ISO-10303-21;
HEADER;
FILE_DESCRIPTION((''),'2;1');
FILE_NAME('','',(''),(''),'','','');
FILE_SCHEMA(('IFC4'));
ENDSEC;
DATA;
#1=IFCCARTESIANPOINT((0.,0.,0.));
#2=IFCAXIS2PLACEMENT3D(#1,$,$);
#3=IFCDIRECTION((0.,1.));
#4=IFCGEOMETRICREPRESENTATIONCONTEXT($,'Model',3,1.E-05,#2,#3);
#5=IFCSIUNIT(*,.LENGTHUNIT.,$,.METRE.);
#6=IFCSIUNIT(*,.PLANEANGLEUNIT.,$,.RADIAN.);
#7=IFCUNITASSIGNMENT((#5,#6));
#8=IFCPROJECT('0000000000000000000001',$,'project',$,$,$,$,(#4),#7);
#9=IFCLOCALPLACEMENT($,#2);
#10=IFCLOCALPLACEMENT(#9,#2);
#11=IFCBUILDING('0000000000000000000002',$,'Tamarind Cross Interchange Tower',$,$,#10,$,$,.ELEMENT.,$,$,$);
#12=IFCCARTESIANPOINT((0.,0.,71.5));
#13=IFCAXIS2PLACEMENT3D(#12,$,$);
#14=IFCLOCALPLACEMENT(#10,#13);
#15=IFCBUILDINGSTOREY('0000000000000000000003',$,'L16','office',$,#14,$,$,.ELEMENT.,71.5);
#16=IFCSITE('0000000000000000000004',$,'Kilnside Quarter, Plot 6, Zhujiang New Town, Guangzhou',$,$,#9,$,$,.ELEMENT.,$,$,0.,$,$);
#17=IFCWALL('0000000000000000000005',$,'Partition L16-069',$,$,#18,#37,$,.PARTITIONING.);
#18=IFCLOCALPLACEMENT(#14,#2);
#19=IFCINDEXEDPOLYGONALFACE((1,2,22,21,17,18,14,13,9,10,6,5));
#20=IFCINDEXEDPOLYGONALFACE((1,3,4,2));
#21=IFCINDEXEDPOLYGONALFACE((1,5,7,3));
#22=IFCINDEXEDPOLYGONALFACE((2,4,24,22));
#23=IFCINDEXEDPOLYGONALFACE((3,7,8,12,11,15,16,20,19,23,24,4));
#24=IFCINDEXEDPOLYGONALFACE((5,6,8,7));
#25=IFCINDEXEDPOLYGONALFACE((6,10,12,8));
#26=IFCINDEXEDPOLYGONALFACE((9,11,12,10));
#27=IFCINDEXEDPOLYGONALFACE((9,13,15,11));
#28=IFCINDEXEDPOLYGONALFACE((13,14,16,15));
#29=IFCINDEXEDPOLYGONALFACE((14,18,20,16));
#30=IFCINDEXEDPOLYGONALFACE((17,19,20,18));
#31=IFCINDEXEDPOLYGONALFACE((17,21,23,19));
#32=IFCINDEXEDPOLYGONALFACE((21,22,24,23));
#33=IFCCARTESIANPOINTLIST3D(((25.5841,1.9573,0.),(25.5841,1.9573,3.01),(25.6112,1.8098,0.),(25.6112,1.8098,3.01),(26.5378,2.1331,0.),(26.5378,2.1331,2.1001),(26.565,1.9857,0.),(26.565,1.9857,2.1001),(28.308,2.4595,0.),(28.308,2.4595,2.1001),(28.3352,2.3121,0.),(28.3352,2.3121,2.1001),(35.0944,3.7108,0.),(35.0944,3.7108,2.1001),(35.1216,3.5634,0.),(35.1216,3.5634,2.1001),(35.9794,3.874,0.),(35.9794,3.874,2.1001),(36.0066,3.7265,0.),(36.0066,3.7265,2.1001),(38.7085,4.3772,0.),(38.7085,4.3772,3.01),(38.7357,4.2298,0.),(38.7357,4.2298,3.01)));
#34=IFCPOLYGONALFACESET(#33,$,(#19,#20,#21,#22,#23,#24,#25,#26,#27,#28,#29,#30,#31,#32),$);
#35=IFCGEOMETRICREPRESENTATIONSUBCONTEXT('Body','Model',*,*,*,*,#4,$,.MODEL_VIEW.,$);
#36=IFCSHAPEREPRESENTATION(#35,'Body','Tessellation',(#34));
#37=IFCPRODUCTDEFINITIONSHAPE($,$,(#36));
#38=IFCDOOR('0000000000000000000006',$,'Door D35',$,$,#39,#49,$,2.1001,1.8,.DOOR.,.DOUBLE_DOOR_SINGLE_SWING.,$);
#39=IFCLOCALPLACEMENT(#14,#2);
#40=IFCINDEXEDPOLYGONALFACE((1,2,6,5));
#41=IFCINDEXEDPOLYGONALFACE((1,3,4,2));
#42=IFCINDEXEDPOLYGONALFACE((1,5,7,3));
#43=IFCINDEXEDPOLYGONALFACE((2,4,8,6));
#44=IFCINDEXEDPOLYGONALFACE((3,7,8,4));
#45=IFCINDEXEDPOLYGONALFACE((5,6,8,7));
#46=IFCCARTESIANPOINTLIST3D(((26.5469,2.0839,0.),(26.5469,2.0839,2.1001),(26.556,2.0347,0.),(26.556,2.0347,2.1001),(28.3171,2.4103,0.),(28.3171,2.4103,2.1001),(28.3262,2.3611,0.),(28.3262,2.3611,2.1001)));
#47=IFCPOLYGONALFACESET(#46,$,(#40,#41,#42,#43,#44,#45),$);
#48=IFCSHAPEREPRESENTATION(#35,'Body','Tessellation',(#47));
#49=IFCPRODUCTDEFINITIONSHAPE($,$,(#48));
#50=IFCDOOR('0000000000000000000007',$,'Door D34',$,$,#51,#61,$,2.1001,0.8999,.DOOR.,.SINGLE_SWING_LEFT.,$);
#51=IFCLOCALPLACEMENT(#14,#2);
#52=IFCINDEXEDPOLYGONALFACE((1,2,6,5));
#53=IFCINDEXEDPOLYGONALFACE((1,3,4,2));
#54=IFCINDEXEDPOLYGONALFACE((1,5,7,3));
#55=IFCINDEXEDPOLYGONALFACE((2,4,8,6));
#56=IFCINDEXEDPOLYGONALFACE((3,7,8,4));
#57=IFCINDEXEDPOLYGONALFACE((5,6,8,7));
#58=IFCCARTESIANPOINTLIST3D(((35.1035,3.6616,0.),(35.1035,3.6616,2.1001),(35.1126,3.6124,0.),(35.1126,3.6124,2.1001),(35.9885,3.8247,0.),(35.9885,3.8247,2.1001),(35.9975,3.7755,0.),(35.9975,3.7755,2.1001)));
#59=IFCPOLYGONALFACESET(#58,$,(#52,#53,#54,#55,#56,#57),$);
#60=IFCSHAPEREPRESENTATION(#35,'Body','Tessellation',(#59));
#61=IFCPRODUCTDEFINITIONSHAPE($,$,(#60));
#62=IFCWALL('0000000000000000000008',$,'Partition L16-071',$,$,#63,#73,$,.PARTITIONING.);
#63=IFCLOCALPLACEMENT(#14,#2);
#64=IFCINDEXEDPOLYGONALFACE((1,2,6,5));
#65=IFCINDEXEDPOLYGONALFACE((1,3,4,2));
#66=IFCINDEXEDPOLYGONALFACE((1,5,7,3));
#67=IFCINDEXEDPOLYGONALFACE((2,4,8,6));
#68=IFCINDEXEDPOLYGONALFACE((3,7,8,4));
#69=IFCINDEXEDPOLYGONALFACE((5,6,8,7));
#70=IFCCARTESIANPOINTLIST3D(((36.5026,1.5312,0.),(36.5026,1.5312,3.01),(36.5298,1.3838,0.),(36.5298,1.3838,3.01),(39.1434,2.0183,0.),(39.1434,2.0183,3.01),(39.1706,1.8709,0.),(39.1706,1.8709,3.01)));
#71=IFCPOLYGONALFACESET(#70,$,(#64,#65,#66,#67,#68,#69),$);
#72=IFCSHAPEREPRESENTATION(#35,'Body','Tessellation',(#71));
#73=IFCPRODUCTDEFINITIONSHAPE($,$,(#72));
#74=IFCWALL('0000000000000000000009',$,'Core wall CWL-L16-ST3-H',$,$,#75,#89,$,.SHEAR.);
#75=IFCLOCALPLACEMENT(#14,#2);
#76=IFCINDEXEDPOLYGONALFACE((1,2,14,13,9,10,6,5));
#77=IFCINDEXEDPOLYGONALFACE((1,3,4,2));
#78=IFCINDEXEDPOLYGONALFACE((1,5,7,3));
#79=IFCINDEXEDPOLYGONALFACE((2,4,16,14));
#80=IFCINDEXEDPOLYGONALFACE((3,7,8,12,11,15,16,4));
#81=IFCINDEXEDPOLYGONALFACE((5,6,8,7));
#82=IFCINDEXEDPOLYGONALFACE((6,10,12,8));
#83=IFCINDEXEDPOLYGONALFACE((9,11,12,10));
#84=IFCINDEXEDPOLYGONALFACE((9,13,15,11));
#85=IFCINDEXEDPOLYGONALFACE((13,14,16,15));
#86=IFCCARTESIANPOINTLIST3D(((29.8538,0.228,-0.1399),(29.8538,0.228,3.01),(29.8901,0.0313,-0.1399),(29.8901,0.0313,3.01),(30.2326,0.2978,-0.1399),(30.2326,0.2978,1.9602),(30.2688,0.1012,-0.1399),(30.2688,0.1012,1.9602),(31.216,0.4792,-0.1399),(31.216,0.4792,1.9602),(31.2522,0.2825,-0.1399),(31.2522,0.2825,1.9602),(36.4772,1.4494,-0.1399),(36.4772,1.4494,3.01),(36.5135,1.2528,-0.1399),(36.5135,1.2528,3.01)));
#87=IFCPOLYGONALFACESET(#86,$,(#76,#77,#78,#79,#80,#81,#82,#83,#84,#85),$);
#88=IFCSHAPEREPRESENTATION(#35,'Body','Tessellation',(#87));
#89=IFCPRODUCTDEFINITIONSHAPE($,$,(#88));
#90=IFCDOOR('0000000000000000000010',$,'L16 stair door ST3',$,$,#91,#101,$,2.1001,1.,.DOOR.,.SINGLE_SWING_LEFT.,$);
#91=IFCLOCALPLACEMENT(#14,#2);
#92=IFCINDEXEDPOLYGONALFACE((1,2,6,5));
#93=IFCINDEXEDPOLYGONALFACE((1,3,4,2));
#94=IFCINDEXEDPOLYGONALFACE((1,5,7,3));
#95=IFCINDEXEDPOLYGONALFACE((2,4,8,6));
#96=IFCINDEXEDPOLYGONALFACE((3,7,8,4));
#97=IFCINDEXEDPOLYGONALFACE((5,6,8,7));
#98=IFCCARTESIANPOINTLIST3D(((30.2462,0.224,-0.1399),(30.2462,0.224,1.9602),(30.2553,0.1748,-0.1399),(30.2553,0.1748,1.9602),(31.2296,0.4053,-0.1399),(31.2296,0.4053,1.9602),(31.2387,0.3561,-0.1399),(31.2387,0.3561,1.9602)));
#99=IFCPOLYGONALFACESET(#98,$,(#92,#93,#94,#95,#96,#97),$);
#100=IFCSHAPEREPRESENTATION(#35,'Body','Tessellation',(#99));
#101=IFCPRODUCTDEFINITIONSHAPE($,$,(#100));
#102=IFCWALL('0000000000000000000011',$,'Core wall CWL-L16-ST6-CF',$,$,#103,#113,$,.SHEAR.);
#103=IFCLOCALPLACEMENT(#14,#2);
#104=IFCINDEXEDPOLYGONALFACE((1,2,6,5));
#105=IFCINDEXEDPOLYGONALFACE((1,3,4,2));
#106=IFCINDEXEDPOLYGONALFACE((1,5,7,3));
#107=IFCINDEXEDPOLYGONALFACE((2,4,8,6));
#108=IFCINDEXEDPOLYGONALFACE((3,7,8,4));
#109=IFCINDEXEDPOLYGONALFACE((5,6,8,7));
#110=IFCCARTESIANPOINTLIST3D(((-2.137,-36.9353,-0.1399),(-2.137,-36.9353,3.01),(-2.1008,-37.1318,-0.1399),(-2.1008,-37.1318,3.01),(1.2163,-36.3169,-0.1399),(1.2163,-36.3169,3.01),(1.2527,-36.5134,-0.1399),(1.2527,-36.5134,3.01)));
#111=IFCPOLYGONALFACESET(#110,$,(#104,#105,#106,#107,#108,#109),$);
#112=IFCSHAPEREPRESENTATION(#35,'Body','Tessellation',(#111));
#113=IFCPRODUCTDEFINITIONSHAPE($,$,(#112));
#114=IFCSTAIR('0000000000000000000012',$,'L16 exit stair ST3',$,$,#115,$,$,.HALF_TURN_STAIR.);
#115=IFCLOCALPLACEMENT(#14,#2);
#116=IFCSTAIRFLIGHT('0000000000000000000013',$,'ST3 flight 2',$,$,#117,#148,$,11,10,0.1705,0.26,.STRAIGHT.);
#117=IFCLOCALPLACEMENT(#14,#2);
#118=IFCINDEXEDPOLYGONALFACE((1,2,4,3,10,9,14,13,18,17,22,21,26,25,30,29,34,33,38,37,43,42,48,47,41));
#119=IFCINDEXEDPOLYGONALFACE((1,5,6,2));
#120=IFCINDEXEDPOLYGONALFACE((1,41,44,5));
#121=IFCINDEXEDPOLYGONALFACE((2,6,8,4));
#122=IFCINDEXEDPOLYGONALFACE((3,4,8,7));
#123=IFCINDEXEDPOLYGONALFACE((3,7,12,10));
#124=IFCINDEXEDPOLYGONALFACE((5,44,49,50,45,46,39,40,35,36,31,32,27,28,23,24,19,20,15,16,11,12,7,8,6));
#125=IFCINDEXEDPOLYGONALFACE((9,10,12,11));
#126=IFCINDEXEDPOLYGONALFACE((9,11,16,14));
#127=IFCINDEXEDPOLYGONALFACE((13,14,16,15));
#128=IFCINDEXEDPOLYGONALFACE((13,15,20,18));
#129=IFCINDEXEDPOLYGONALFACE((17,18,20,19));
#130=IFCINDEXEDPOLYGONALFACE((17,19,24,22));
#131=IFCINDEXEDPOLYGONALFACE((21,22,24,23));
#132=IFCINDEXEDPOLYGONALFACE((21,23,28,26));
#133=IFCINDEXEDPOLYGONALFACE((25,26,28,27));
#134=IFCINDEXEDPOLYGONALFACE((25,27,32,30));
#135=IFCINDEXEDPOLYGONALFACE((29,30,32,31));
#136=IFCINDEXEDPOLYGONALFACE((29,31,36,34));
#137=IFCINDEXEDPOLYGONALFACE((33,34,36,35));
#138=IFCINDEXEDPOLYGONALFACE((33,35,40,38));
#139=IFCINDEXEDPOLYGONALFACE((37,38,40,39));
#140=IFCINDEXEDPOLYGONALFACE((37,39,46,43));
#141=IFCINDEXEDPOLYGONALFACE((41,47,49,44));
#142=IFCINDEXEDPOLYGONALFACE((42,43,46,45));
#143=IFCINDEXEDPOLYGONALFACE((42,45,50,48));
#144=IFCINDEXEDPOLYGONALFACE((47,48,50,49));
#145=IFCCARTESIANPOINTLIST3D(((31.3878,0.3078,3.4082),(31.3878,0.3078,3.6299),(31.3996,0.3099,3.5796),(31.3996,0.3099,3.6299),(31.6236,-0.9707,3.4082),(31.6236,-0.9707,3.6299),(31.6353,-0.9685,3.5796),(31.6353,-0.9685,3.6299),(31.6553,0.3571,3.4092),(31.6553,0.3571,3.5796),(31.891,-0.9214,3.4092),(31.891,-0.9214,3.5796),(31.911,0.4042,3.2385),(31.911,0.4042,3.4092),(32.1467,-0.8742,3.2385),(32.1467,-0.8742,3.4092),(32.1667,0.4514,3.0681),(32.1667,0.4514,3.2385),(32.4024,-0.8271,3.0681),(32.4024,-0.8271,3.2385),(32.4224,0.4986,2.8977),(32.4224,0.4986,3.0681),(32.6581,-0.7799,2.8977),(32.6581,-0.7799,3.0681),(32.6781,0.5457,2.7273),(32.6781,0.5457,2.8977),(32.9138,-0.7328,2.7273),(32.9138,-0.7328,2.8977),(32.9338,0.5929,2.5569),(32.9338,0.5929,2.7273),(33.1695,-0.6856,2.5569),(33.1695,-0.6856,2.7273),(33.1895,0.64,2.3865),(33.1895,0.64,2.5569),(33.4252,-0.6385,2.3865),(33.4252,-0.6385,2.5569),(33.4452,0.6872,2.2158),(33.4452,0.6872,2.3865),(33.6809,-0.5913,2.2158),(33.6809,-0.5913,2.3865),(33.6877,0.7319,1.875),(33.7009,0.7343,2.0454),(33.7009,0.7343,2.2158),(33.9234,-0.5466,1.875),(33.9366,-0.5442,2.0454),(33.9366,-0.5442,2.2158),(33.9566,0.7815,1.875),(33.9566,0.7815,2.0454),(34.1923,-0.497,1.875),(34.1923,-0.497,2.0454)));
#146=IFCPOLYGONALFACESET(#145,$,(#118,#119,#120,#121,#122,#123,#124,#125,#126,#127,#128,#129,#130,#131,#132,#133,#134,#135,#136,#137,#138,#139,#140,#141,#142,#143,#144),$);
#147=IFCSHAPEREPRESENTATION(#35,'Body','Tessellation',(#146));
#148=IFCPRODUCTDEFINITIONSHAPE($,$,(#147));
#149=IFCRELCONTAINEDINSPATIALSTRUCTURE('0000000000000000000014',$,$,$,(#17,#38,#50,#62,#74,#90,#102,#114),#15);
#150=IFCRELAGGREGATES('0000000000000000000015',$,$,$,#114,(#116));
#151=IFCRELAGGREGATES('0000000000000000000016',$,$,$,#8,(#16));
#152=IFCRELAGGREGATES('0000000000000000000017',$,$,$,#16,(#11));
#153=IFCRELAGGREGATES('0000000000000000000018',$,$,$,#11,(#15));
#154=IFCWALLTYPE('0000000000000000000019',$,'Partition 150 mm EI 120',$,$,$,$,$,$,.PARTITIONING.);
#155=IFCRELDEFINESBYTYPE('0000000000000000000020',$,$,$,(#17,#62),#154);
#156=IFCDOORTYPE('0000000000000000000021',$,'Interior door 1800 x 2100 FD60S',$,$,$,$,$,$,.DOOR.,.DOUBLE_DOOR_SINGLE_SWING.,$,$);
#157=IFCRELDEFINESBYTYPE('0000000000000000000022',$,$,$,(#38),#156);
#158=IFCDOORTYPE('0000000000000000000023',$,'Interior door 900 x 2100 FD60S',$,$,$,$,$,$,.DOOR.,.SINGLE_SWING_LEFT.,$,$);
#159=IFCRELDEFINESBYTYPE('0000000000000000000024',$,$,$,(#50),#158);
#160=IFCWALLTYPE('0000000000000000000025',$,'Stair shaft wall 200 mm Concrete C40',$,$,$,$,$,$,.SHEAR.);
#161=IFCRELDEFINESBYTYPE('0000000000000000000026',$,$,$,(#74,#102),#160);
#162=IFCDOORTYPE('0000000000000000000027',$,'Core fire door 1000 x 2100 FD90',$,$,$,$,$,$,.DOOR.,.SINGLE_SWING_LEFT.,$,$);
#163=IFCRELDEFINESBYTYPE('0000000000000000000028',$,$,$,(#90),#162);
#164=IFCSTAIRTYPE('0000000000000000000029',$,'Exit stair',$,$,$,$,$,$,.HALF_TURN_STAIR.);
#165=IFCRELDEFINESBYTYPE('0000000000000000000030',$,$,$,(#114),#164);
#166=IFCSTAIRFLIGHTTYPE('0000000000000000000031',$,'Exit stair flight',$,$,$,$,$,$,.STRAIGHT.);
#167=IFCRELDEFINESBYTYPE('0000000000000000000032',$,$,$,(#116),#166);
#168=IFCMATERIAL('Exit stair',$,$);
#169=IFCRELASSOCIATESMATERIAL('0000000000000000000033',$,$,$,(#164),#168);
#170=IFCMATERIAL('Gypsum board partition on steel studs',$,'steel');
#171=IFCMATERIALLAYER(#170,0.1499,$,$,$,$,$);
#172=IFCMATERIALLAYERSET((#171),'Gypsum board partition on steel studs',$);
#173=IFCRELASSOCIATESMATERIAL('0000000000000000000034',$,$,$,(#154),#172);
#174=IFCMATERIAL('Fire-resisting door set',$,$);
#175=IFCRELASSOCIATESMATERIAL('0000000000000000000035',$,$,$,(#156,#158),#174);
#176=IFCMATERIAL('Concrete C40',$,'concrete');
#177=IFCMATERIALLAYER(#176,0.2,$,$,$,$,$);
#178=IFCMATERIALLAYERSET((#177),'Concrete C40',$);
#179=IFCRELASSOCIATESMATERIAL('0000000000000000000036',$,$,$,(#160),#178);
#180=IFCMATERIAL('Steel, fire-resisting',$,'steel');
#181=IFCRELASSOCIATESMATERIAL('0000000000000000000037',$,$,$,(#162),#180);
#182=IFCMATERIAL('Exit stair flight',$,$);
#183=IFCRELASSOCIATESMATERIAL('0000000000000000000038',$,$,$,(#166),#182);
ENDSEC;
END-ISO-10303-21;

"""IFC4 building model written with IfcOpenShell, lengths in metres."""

from ifc_helpers import new_model, si_unit, direction, frame, frame_2d, origin, place, context, subcontext, project, spatial, polyline, rectangle, outline, extrude, material, layer, layer_set, type_object, element, fill, aggregate, save


model = new_model("IFC4")

# Units and contexts
model_context = context("Model", 3, precision=1e-05, world=origin(), true_north=direction((0.0, 1.0)))
body_context = subcontext(model_context, "Body", "Model", "MODEL_VIEW")
ifc_project = project(units=[si_unit("LENGTHUNIT", "METRE"), si_unit("PLANEANGLEUNIT", "RADIAN")], contexts=[model_context])

# Site, building, storey
site_placement = place(None, origin())
site = spatial("IfcSite", under=ifc_project, at=site_placement, Name="Kilnside Quarter, Plot 6, Zhujiang New Town, Guangzhou", CompositionType="ELEMENT", RefElevation=0.0)
building_placement = place(site_placement, origin())
building = spatial("IfcBuilding", under=site, at=building_placement, Name="Tamarind Cross Interchange Tower", CompositionType="ELEMENT")
storey_placement = place(building_placement, frame((0.0, 0.0, 71.5)))
storey = spatial("IfcBuildingStorey", under=building, at=storey_placement, Name="L16", Description="office", CompositionType="ELEMENT", Elevation=71.5)

# Shared definitions
ifc_material_1 = material(Name="Exit stair")
stair_type = type_object("IfcStairType", Name="Exit stair", PredefinedType="HALF_TURN_STAIR", material=ifc_material_1)
ifc_material_2 = material(Name="Concrete C40", Category="concrete")

# Shared definitions
ifc_material_3 = material(Name="Gypsum board partition on steel studs", Category="steel")

# Shared definitions
ifc_layer_1 = layer(ifc_material_3, 0.1499)
ifc_layer_set_1 = layer_set([ifc_layer_1], Name="Gypsum board partition on steel studs")
wall_type_1 = type_object("IfcWallType", Name="Partition 150 mm EI 120", PredefinedType="PARTITIONING", material=ifc_layer_set_1)
ifc_material_4 = material(Name="Fire-resisting door set")
door_type_1 = type_object("IfcDoorType", Name="Interior door 1800 x 2100 FD60S", OperationType="DOUBLE_DOOR_SINGLE_SWING", PredefinedType="DOOR", material=ifc_material_4)

# Wall, openings, doors
wall_1_placement = place(storey_placement, frame((25.5977, 1.8835, 0.0), z_axis=(0.0, 0.0, 1.0), x_axis=(0.983423, 0.181325, 0.0)))
wall_1 = element("IfcWall", 1, at=wall_1_placement, inside=storey, type_object=wall_type_1, Name="Partition L16-069", PredefinedType="PARTITIONING", context=body_context, shape_type="SweptSolid", body=[
    extrude(rectangle(XDim=13.3457, YDim=0.1499, at=frame_2d((6.6729, 0.0))), origin(), (0.0, 0.0, 1.0), 3.01),
])
opening_1_placement = place(wall_1_placement, frame((9.6707, 0.0, 0.0)))
opening_1 = element("IfcOpeningElement", 2, at=opening_1_placement, cuts=wall_1, PredefinedType="OPENING", context=body_context, shape_type="SweptSolid", body=[
    extrude(rectangle(XDim=0.8999, YDim=2.1001, at=frame_2d((0.45, 1.05))), frame((0.0, 0.085, 0.0), z_axis=(0.0, -1.0, 0.0), x_axis=(1.0, 0.0, 0.0)), (0.0, 0.0, 1.0), 0.1699),
])
opening_2_placement = place(wall_1_placement, frame((0.97, 0.0, 0.0)))
opening_2 = element("IfcOpeningElement", 3, at=opening_2_placement, cuts=wall_1, PredefinedType="OPENING", context=body_context, shape_type="SweptSolid", body=[
    extrude(rectangle(XDim=1.8, YDim=2.1001, at=frame_2d((0.8999, 1.05))), frame((0.0, 0.085, 0.0), z_axis=(0.0, -1.0, 0.0), x_axis=(1.0, 0.0, 0.0)), (0.0, 0.0, 1.0), 0.1699),
])
door_1_placement = place(opening_2_placement, origin())
door_1 = element("IfcDoor", 4, at=door_1_placement, inside=storey, type_object=door_type_1, Name="Door D35", OperationType="DOUBLE_DOOR_SINGLE_SWING", OverallHeight=2.1001, OverallWidth=1.8, PredefinedType="DOOR", context=body_context, shape_type="SweptSolid", body=[
    extrude(rectangle(XDim=1.8, YDim=2.1001, at=frame_2d((0.8999, 1.05))), frame((0.0, 0.0249, 0.0), z_axis=(0.0, -1.0, 0.0), x_axis=(1.0, 0.0, 0.0)), (0.0, 0.0, 1.0), 0.05),
])
fill(opening_2, door_1)
door_type_2 = type_object("IfcDoorType", Name="Interior door 900 x 2100 FD60S", OperationType="SINGLE_SWING_LEFT", PredefinedType="DOOR", material=ifc_material_4)
door_2_placement = place(opening_1_placement, origin())
door_2 = element("IfcDoor", 5, at=door_2_placement, inside=storey, type_object=door_type_2, Name="Door D34", OperationType="SINGLE_SWING_LEFT", OverallHeight=2.1001, OverallWidth=0.8999, PredefinedType="DOOR", context=body_context, shape_type="SweptSolid", body=[
    extrude(rectangle(XDim=0.8999, YDim=2.1001, at=frame_2d((0.45, 1.05))), frame((0.0, 0.0249, 0.0), z_axis=(0.0, -1.0, 0.0), x_axis=(1.0, 0.0, 0.0)), (0.0, 0.0, 1.0), 0.05),
])
fill(opening_1, door_2)

# Wall
wall_2_placement = place(storey_placement, frame((36.5161, 1.4575, 0.0), z_axis=(0.0, 0.0, 1.0), x_axis=(0.983414, 0.181373, 0.0)))
element("IfcWall", 6, at=wall_2_placement, inside=storey, type_object=wall_type_1, Name="Partition L16-071", PredefinedType="PARTITIONING", context=body_context, shape_type="SweptSolid", body=[
    extrude(rectangle(XDim=2.6853, YDim=0.1499, at=frame_2d((1.3428, 0.0))), origin(), (0.0, 0.0, 1.0), 3.01),
])

# Wall, opening, door
ifc_layer_2 = layer(ifc_material_2, 0.2)
ifc_layer_set_2 = layer_set([ifc_layer_2], Name="Concrete C40")
wall_type_2 = type_object("IfcWallType", Name="Stair shaft wall 200 mm Concrete C40", PredefinedType="SHEAR", material=ifc_layer_set_2)
wall_3_placement = place(storey_placement, frame((29.8718, 0.1296, -0.1399), z_axis=(0.0, 0.0, 1.0), x_axis=(0.983419, 0.181351, 0.0)))
wall_3 = element("IfcWall", 7, at=wall_3_placement, inside=storey, type_object=wall_type_2, Name="Core wall CWL-L16-ST3-H", PredefinedType="SHEAR", context=body_context, shape_type="SweptSolid", body=[
    extrude(rectangle(XDim=6.7351, YDim=0.2, at=frame_2d((3.3677, 0.0))), origin(), (0.0, 0.0, 1.0), 3.1499),
])
opening_3_placement = place(wall_3_placement, frame((0.3853, 0.0, 0.0)))
opening_3 = element("IfcOpeningElement", 8, at=opening_3_placement, cuts=wall_3, PredefinedType="OPENING", context=body_context, shape_type="SweptSolid", body=[
    extrude(rectangle(XDim=1.0, YDim=2.1001, at=frame_2d((0.5, 1.05))), frame((0.0, 0.1099, 0.0), z_axis=(0.0, -1.0, 0.0), x_axis=(1.0, 0.0, 0.0)), (0.0, 0.0, 1.0), 0.22),
])
ifc_material_5 = material(Name="Steel, fire-resisting", Category="steel")
door_type_3 = type_object("IfcDoorType", Name="Core fire door 1000 x 2100 FD90", OperationType="SINGLE_SWING_LEFT", PredefinedType="DOOR", material=ifc_material_5)
door_3_placement = place(opening_3_placement, origin())
door_3 = element("IfcDoor", 9, at=door_3_placement, inside=storey, type_object=door_type_3, Name="L16 stair door ST3", OperationType="SINGLE_SWING_LEFT", OverallHeight=2.1001, OverallWidth=1.0, PredefinedType="DOOR", context=body_context, shape_type="SweptSolid", body=[
    extrude(rectangle(XDim=1.0, YDim=2.1001, at=frame_2d((0.5, 1.05))), frame((0.0, 0.0249, 0.0), z_axis=(0.0, -1.0, 0.0), x_axis=(1.0, 0.0, 0.0)), (0.0, 0.0, 1.0), 0.05),
])
fill(opening_3, door_3)

# Wall
wall_4_placement = place(storey_placement, frame((0.0, 0.0, -0.1399)))
element("IfcWall", 10, at=wall_4_placement, inside=storey, type_object=wall_type_2, Name="Core wall CWL-L16-ST6-CF", PredefinedType="SHEAR", context=body_context, shape_type="SweptSolid", body=[
    extrude(outline(polyline([(-2.137, -36.9353), (-2.1008, -37.1318), (1.2527, -36.5134), (1.2163, -36.3169), (-2.137, -36.9353)])), origin(), (0.0, 0.0, 1.0), 3.1499),
])

# Stair, stair flight
stair_1_placement = place(storey_placement, origin())
stair_1 = element("IfcStair", 11, at=stair_1_placement, inside=storey, type_object=stair_type, Name="L16 exit stair ST3", PredefinedType="HALF_TURN_STAIR")
ifc_material_6 = material(Name="Exit stair flight")
stair_flight_type = type_object("IfcStairFlightType", Name="Exit stair flight", PredefinedType="STRAIGHT", material=ifc_material_6)
stair_flight_placement = place(storey_placement, frame((34.0745, 0.1421, 1.875), z_axis=(0.0, 0.0, 1.0), x_axis=(-0.98342, -0.181343, 0.0)))
stair_flight = element("IfcStairFlight", 12, at=stair_flight_placement, type_object=stair_flight_type, Name="ST3 flight 2", NumberOfRisers=11, NumberOfTreads=10, PredefinedType="STRAIGHT", RiserHeight=0.1705, TreadLength=0.26, context=body_context, shape_type="SweptSolid", body=[
    extrude(outline(polyline([(0.0, 0.0), (0.0, 0.1704), (0.26, 0.1704), (0.26, 0.3408), (0.52, 0.3408), (0.52, 0.5115), (0.78, 0.5115), (0.78, 0.6819), (1.04, 0.6819), (1.04, 0.8523), (1.3, 0.8523), (1.3, 1.0227), (1.5601, 1.0227), (1.5601, 1.1931), (1.8201, 1.1931), (1.8201, 1.3635), (2.0801, 1.3635), (2.0801, 1.5342), (2.3401, 1.5342), (2.3401, 1.7046), (2.6001, 1.7046), (2.6001, 1.7549), (2.6121, 1.7549), (2.6121, 1.5332), (0.2734, 0.0), (0.0, 0.0)])), frame((0.0, 0.6499, 0.0), z_axis=(0.0, -1.0, 0.0), x_axis=(1.0, 0.0, 0.0)), (0.0, 0.0, 1.0), 1.3),
])
aggregate(stair_1, [stair_flight])

save(model, "model.ifc")
